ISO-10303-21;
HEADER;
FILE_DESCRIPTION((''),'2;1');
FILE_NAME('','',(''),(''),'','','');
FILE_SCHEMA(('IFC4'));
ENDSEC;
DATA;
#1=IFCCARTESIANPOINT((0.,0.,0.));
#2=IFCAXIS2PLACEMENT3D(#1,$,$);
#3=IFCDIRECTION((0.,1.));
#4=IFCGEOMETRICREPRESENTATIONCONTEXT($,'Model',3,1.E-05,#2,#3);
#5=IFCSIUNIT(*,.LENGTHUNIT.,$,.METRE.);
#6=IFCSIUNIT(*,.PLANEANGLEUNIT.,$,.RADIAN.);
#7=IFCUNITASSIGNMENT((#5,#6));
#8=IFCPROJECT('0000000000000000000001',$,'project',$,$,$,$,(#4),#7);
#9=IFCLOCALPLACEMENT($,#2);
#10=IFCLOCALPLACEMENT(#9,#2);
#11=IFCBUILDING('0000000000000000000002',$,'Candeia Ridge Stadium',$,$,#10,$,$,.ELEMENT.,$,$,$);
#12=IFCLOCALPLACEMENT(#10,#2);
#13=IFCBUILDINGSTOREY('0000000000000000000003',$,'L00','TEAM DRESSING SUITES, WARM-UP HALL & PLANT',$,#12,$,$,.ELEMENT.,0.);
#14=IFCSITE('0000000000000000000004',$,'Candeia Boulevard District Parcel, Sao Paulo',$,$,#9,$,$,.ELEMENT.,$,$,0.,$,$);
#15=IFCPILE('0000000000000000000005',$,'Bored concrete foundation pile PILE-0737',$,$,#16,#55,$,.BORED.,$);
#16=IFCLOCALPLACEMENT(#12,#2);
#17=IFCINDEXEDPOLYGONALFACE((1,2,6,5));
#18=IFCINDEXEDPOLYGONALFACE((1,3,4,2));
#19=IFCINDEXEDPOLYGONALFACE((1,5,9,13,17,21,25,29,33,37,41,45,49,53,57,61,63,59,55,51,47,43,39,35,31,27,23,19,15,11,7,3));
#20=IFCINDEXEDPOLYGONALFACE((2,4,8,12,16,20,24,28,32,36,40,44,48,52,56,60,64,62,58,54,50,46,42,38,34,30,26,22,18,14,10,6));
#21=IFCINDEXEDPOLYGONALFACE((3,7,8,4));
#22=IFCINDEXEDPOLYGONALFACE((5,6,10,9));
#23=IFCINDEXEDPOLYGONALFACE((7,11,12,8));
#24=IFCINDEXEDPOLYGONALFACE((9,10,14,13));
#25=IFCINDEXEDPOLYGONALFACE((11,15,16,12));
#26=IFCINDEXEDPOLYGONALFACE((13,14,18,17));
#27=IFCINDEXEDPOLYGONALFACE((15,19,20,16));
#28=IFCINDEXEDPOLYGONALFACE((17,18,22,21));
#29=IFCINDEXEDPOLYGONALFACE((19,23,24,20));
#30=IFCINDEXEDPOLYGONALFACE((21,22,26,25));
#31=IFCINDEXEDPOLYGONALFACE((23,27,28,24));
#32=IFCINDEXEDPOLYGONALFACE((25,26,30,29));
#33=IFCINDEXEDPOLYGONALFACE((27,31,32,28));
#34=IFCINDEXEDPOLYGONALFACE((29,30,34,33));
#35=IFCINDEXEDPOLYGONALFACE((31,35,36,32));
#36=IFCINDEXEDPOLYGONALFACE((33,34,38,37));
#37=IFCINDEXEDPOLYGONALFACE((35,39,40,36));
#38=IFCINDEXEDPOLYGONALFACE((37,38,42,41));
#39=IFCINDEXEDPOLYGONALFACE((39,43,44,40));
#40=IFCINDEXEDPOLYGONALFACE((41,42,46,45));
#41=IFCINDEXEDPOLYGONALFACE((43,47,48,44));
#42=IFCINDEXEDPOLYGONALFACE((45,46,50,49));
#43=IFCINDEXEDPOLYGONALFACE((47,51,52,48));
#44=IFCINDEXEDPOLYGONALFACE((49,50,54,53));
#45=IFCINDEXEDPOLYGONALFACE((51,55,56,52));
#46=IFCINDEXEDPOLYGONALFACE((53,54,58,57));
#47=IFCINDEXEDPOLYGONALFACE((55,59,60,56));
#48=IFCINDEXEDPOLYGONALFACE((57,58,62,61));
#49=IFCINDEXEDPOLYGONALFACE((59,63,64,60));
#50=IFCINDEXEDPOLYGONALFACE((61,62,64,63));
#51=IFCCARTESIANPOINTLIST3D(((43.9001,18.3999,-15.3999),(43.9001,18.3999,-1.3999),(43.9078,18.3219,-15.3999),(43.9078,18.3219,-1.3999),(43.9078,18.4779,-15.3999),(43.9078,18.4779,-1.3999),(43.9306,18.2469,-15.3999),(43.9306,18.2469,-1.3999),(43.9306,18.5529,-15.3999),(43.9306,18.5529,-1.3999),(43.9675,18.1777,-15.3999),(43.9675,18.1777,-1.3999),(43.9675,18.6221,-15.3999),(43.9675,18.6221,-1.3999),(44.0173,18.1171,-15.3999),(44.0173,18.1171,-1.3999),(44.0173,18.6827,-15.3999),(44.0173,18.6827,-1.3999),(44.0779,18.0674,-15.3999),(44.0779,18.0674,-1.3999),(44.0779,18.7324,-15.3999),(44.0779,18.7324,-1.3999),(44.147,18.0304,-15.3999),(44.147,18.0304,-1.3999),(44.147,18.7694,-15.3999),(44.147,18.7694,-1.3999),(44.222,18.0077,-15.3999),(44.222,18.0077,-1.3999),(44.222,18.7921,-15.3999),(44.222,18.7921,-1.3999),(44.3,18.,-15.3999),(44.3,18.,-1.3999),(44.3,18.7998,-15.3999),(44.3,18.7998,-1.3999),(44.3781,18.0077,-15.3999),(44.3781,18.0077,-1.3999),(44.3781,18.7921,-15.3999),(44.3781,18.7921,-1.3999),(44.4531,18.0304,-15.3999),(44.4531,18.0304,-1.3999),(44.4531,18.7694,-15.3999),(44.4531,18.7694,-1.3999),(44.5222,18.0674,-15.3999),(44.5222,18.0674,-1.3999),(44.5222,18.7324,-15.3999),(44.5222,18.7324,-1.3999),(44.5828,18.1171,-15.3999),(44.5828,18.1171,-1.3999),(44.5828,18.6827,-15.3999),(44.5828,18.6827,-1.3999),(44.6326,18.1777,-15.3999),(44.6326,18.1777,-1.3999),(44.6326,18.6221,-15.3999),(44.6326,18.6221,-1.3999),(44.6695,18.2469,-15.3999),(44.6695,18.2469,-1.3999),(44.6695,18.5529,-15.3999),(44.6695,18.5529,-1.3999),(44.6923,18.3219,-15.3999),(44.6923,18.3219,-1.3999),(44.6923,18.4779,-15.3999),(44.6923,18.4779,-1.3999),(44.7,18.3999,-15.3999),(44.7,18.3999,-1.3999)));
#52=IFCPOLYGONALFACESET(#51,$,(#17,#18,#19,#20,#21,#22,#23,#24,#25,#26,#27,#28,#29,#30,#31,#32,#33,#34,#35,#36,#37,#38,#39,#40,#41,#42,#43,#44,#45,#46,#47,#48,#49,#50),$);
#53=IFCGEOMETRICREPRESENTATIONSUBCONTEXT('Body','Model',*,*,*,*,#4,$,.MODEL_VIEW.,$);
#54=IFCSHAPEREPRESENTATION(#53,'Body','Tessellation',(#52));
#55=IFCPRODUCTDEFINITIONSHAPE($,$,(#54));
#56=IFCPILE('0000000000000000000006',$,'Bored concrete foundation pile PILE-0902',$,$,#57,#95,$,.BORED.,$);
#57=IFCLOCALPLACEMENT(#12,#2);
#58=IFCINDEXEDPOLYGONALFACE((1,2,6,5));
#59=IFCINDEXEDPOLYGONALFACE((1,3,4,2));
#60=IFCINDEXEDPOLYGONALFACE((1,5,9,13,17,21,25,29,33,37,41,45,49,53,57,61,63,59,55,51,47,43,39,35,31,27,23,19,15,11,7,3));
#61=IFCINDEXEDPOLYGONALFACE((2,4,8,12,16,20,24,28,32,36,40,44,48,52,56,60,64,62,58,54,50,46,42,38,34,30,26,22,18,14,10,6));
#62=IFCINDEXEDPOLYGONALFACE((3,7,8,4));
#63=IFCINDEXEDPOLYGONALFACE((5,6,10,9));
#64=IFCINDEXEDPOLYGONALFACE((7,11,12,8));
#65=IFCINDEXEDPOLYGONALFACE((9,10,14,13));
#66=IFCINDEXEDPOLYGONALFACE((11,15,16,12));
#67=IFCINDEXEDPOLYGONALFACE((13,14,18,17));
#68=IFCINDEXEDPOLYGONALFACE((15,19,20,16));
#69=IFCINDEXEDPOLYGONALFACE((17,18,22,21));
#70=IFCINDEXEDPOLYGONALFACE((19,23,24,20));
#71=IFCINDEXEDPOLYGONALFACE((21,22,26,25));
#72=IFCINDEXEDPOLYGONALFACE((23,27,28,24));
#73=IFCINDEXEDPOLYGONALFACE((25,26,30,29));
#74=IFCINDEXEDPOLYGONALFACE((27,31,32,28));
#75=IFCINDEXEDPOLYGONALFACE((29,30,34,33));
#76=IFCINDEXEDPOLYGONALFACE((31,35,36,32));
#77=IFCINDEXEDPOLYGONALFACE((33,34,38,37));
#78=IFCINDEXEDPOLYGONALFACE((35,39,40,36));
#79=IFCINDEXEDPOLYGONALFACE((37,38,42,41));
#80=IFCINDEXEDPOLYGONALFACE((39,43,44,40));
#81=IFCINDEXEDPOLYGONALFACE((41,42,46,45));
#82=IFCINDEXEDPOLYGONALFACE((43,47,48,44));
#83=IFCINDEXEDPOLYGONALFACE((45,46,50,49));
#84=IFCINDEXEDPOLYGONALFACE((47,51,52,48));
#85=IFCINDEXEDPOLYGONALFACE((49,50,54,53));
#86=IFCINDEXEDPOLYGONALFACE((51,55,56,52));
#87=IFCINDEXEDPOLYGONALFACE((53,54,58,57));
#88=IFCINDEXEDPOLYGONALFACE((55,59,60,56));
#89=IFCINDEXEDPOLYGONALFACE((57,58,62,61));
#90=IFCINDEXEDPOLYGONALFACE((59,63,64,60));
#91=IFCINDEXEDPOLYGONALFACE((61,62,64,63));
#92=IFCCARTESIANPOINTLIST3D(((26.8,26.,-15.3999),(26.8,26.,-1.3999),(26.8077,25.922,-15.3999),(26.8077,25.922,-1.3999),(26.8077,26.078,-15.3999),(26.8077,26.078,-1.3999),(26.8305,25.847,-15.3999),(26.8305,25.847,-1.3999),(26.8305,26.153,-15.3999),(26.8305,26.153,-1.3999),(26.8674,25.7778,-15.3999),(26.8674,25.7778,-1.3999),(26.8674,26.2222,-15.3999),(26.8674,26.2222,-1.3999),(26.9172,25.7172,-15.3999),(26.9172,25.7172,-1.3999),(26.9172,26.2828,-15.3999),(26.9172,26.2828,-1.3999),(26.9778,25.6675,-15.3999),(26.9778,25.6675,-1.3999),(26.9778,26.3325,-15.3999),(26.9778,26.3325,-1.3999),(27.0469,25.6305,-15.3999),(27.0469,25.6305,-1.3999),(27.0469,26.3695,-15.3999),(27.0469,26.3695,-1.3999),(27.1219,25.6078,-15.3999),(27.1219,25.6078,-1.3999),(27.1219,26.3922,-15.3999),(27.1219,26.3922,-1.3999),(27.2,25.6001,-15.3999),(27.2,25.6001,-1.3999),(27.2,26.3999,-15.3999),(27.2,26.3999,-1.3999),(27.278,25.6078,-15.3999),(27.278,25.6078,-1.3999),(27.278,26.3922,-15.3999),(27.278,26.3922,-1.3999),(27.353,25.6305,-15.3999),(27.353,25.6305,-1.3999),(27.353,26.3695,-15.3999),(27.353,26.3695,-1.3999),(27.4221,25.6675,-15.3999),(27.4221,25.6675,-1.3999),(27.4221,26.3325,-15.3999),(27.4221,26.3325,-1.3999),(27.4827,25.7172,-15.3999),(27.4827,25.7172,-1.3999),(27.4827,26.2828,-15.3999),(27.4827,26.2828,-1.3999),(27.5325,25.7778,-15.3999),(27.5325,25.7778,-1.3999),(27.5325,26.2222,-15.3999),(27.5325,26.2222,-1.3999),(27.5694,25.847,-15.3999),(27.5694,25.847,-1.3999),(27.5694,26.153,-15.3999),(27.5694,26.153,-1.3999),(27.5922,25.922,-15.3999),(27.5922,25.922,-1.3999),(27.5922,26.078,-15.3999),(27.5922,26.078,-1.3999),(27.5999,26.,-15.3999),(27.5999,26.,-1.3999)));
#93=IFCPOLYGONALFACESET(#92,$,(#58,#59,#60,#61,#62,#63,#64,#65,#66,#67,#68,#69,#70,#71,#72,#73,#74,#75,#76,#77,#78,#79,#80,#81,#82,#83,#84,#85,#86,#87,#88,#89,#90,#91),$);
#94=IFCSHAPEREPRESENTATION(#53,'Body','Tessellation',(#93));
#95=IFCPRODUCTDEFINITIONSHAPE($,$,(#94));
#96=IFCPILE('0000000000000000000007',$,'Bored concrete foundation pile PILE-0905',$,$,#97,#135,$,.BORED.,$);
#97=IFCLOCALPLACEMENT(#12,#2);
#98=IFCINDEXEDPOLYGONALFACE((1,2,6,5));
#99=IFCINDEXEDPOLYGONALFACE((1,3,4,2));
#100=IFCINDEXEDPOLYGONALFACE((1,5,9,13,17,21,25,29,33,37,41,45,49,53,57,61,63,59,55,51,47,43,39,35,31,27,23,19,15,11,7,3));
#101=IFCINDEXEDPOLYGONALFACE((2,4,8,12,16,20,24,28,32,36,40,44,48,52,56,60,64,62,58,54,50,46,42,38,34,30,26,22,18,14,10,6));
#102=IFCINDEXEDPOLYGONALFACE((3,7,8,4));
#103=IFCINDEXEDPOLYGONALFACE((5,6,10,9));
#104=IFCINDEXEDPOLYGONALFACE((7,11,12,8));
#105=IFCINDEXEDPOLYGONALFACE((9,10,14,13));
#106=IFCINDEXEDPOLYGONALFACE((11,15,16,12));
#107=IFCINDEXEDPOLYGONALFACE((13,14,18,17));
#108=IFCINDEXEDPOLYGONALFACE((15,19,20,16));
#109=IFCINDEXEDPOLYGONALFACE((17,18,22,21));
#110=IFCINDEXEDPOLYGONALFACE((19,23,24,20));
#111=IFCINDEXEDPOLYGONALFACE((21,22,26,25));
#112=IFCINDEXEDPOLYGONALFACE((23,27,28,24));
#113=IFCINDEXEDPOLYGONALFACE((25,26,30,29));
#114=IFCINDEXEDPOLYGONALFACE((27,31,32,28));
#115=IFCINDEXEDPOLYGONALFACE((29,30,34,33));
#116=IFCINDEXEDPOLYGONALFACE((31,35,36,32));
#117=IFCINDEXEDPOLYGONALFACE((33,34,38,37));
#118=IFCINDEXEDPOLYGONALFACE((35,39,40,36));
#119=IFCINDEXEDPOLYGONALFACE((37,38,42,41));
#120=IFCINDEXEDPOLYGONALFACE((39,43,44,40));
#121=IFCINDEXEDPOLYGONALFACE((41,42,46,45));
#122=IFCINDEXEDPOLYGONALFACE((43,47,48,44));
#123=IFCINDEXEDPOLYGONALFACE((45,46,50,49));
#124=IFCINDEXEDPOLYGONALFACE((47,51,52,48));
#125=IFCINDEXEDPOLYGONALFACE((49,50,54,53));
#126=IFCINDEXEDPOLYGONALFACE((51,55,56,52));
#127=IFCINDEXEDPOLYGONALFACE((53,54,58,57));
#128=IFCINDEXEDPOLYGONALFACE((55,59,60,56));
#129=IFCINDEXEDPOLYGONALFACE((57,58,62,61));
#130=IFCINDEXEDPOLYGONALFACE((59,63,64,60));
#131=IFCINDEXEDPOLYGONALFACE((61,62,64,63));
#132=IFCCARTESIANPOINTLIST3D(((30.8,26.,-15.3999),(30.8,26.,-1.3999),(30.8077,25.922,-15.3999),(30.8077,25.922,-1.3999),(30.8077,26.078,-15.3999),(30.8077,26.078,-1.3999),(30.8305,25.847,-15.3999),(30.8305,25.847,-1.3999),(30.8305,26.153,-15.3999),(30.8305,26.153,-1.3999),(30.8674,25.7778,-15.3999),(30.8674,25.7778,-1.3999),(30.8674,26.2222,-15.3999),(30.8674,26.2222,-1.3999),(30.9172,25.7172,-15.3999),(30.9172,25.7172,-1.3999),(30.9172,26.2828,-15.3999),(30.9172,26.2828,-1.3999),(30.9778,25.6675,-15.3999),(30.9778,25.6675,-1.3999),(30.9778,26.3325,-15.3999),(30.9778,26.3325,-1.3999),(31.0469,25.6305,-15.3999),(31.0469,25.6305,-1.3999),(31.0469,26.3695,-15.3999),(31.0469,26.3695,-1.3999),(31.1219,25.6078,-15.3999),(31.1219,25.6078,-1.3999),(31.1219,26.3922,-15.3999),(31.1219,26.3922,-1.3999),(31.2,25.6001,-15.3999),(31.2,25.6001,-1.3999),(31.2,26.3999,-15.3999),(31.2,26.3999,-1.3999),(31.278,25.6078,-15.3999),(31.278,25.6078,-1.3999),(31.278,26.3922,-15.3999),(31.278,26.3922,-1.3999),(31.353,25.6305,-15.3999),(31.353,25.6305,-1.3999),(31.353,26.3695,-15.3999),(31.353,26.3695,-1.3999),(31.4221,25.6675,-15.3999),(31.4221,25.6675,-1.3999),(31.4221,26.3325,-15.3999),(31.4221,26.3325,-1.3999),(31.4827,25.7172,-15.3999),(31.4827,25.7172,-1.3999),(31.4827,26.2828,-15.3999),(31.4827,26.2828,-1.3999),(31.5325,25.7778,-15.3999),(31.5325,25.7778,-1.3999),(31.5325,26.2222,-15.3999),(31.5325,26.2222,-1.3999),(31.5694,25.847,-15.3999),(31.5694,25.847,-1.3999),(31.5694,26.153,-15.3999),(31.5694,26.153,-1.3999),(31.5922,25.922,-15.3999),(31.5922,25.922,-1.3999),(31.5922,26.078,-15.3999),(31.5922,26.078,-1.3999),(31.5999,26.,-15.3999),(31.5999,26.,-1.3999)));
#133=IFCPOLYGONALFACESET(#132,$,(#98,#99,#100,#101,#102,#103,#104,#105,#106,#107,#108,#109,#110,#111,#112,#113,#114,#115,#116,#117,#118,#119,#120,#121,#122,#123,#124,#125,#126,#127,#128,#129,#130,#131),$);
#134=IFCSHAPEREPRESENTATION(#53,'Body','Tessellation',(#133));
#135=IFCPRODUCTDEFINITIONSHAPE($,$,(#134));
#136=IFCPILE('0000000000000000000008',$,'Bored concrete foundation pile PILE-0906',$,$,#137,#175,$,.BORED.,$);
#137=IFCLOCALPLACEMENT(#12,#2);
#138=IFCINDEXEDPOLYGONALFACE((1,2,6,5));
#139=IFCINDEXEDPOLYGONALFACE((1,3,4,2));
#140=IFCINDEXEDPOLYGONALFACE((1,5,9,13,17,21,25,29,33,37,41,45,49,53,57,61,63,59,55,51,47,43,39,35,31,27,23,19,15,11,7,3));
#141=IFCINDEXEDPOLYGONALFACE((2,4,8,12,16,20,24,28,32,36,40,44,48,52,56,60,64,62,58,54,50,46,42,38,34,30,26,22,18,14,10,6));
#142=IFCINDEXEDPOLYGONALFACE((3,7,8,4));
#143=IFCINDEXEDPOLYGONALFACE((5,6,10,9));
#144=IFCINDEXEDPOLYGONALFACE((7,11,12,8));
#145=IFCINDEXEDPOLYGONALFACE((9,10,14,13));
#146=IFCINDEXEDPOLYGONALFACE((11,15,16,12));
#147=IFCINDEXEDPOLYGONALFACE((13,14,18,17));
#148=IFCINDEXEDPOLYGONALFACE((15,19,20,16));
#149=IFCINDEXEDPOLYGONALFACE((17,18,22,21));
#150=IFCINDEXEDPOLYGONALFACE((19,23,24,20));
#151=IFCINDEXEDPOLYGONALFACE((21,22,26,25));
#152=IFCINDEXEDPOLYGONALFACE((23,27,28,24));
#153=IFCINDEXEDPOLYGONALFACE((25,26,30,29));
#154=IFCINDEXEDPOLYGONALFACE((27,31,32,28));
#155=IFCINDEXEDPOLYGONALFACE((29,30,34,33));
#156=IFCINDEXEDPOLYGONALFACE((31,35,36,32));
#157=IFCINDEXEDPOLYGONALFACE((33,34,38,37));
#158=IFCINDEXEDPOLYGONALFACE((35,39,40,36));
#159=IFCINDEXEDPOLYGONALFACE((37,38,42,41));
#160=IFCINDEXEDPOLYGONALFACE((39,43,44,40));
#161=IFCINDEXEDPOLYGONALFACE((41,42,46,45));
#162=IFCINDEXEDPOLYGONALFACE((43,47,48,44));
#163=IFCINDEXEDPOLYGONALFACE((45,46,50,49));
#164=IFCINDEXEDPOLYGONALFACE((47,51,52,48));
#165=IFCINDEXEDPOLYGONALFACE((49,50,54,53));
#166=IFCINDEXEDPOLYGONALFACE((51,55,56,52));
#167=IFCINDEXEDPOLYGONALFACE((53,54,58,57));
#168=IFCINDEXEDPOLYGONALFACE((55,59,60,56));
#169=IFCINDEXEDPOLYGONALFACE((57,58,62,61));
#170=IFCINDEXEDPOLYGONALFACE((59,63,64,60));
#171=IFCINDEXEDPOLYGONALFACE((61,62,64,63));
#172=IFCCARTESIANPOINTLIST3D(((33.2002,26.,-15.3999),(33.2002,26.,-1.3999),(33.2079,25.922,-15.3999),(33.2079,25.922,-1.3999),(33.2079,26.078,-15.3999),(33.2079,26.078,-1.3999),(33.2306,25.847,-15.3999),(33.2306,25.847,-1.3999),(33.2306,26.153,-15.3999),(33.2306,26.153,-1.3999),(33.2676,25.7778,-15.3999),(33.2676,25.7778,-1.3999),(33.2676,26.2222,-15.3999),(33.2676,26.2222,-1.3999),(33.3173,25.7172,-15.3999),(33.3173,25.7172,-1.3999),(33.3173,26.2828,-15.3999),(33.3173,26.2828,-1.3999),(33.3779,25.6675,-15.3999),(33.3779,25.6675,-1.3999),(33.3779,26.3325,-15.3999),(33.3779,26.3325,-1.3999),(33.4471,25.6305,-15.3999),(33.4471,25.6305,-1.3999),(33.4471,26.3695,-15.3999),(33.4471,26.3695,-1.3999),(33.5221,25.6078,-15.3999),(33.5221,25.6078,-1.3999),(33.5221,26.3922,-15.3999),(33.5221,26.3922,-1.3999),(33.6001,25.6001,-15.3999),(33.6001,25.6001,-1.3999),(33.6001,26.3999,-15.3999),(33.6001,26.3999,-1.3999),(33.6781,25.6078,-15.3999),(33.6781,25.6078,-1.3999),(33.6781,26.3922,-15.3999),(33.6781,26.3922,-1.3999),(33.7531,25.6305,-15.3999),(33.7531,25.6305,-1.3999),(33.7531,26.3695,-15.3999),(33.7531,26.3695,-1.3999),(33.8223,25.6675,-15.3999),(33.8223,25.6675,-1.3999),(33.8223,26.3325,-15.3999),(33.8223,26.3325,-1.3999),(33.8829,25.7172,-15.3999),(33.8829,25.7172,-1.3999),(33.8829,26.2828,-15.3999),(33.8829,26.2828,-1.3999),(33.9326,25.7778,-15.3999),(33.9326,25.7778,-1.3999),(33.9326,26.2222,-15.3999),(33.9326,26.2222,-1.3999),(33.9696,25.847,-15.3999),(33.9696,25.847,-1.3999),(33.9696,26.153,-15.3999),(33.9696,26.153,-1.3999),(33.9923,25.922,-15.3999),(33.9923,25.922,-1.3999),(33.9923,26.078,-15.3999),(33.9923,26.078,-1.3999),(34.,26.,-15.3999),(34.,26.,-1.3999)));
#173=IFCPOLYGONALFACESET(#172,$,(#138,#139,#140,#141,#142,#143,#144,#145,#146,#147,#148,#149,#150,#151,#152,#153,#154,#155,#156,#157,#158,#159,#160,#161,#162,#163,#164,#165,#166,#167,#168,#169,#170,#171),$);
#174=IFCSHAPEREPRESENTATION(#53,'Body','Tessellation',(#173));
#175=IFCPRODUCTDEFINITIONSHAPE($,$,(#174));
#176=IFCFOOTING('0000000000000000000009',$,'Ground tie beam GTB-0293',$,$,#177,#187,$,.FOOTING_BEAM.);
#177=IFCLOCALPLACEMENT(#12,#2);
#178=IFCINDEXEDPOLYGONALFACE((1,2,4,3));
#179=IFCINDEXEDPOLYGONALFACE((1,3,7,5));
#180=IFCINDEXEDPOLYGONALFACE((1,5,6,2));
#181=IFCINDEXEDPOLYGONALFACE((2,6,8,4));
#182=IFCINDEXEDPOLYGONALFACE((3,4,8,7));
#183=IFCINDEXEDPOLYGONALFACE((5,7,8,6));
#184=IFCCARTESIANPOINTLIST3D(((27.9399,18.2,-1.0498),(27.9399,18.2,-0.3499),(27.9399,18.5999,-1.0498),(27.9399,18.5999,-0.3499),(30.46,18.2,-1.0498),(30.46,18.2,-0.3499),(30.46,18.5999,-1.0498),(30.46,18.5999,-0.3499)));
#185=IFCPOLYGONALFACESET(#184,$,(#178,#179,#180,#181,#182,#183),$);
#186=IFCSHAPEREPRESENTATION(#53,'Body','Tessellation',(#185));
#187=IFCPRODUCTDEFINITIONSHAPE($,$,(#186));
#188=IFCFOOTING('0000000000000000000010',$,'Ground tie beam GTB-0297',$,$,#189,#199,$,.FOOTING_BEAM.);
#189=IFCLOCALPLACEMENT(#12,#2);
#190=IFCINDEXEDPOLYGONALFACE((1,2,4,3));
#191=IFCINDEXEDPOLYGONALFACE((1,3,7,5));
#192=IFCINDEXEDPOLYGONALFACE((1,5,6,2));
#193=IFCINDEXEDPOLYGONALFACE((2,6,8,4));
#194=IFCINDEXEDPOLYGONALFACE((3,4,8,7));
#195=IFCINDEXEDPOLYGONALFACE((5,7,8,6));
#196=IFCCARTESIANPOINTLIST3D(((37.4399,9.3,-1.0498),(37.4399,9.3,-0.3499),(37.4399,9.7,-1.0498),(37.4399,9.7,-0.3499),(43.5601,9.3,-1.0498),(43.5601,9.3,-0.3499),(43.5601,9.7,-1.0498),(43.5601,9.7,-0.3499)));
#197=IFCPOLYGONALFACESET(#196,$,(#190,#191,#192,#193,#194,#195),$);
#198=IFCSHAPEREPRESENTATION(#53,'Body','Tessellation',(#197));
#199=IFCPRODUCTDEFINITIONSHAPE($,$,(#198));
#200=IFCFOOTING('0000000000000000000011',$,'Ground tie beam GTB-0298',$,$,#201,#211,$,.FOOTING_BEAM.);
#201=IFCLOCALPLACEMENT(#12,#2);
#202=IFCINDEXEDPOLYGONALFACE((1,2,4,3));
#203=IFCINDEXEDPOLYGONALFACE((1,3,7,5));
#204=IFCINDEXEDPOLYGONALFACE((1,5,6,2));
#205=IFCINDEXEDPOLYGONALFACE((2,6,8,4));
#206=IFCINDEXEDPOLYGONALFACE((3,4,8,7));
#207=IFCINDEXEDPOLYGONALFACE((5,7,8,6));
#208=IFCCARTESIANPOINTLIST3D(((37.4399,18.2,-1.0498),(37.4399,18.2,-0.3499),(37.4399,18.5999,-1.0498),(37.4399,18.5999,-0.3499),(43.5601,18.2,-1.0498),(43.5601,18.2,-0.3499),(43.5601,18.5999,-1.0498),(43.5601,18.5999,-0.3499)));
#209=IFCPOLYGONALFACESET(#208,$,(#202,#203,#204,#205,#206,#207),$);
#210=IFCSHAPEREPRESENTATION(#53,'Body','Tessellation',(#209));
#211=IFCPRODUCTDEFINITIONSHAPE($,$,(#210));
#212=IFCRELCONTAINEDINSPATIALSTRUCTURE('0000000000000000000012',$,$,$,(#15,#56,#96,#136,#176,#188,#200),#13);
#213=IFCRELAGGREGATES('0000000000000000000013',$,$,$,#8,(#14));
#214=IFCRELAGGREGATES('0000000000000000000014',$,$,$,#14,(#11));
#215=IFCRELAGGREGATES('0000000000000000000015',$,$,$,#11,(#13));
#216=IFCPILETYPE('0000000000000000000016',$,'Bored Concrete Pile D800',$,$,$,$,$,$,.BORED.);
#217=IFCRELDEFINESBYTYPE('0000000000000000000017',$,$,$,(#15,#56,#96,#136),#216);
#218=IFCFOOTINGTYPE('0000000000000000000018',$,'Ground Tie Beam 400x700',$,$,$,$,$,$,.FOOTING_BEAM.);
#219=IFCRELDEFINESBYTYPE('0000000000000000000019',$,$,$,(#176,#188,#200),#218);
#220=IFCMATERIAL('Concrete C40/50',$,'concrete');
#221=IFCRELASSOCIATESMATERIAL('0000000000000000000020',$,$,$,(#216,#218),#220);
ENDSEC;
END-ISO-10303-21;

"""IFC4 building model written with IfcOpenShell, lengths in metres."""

from ifc_helpers import new_model, si_unit, direction, frame, origin, origin_2d, place, context, subcontext, project, spatial, rectangle, circle, extrude, material, material_profile, profile_set, type_object, element, save


model = new_model("IFC4")

# Units and contexts
model_context = context("Model", 3, precision=1e-05, world=origin(), true_north=direction((0.0, 1.0)))
body_context = subcontext(model_context, "Body", "Model", "MODEL_VIEW")
ifc_project = project(units=[si_unit("LENGTHUNIT", "METRE"), si_unit("PLANEANGLEUNIT", "RADIAN")], contexts=[model_context])

# Site, building, storey
site_placement = place(None, origin())
site = spatial("IfcSite", under=ifc_project, at=site_placement, Name="Candeia Boulevard District Parcel, Sao Paulo", CompositionType="ELEMENT", RefElevation=0.0)
building_placement = place(site_placement, origin())
building = spatial("IfcBuilding", under=site, at=building_placement, Name="Candeia Ridge Stadium", CompositionType="ELEMENT")
storey_placement = place(building_placement, origin())
storey = spatial("IfcBuildingStorey", under=building, at=storey_placement, Name="L00", Description="TEAM DRESSING SUITES, WARM-UP HALL & PLANT", CompositionType="ELEMENT", Elevation=0.0)

# Piles
ifc_material_1 = material(Name="Concrete C40/50", Category="concrete")
ifc_material_profile_1 = material_profile(ifc_material_1, circle(Radius=0.3999, at=origin_2d()), Name="PILE-D800", Category="concrete")
ifc_profile_set_1 = profile_set([ifc_material_profile_1], Name="Concrete C40/50")
pile_type = type_object("IfcPileType", Name="Bored Concrete Pile D800", PredefinedType="BORED", material=ifc_profile_set_1)
for number, where, z_axis, x_axis, name in (
    (1, (44.3, 18.3999, -1.3999), (0.0, 0.0, -1.0), (1.0, 0.0, 0.0), "Bored concrete foundation pile PILE-0737"),
    (2, (27.2, 26.0, -1.3999), (0.0, 0.0, -1.0), (1.0, 0.0, 0.0), "Bored concrete foundation pile PILE-0902"),
    (3, (31.2, 26.0, -1.3999), (0.0, 0.0, -1.0), (1.0, 0.0, 0.0), "Bored concrete foundation pile PILE-0905"),
    (4, (33.6001, 26.0, -1.3999), (0.0, 0.0, -1.0), (1.0, 0.0, 0.0), "Bored concrete foundation pile PILE-0906"),
):
    element("IfcPile", number, at=place(storey_placement, frame(where, z_axis=z_axis, x_axis=x_axis)), inside=storey, type_object=pile_type, Name=name, PredefinedType="BORED", context=body_context, shape_type="SweptSolid", body=[
        extrude(circle(Radius=0.3999, at=origin_2d()), origin(), (0.0, 0.0, 1.0), 14.0),
    ])

# Footings
footing_type_1 = type_object("IfcFootingType", Name="Ground Tie Beam 400x700", PredefinedType="FOOTING_BEAM", material=ifc_material_1)
footing_1_placement = place(storey_placement, frame((29.2, 18.3999, -1.0498), z_axis=(0.0, 0.0, 1.0), x_axis=(1.0, 0.0, 0.0)))
element("IfcFooting", 5, at=footing_1_placement, inside=storey, type_object=footing_type_1, Name="Ground tie beam GTB-0293", PredefinedType="FOOTING_BEAM", context=body_context, shape_type="SweptSolid", body=[
    extrude(rectangle(XDim=2.52, YDim=0.3999, at=origin_2d()), origin(), (0.0, 0.0, 1.0), 0.7),
])
for number, where, z_axis, x_axis, name in (
    (6, (40.5, 9.5, -1.0498), (0.0, 0.0, 1.0), (1.0, 0.0, 0.0), "Ground tie beam GTB-0297"),
    (7, (40.5, 18.3999, -1.0498), (0.0, 0.0, 1.0), (1.0, 0.0, 0.0), "Ground tie beam GTB-0298"),
):
    element("IfcFooting", number, at=place(storey_placement, frame(where, z_axis=z_axis, x_axis=x_axis)), inside=storey, type_object=footing_type_1, Name=name, PredefinedType="FOOTING_BEAM", context=body_context, shape_type="SweptSolid", body=[
        extrude(rectangle(XDim=6.1201, YDim=0.3999, at=origin_2d()), origin(), (0.0, 0.0, 1.0), 0.7),
    ])

save(model, "model.ifc")
